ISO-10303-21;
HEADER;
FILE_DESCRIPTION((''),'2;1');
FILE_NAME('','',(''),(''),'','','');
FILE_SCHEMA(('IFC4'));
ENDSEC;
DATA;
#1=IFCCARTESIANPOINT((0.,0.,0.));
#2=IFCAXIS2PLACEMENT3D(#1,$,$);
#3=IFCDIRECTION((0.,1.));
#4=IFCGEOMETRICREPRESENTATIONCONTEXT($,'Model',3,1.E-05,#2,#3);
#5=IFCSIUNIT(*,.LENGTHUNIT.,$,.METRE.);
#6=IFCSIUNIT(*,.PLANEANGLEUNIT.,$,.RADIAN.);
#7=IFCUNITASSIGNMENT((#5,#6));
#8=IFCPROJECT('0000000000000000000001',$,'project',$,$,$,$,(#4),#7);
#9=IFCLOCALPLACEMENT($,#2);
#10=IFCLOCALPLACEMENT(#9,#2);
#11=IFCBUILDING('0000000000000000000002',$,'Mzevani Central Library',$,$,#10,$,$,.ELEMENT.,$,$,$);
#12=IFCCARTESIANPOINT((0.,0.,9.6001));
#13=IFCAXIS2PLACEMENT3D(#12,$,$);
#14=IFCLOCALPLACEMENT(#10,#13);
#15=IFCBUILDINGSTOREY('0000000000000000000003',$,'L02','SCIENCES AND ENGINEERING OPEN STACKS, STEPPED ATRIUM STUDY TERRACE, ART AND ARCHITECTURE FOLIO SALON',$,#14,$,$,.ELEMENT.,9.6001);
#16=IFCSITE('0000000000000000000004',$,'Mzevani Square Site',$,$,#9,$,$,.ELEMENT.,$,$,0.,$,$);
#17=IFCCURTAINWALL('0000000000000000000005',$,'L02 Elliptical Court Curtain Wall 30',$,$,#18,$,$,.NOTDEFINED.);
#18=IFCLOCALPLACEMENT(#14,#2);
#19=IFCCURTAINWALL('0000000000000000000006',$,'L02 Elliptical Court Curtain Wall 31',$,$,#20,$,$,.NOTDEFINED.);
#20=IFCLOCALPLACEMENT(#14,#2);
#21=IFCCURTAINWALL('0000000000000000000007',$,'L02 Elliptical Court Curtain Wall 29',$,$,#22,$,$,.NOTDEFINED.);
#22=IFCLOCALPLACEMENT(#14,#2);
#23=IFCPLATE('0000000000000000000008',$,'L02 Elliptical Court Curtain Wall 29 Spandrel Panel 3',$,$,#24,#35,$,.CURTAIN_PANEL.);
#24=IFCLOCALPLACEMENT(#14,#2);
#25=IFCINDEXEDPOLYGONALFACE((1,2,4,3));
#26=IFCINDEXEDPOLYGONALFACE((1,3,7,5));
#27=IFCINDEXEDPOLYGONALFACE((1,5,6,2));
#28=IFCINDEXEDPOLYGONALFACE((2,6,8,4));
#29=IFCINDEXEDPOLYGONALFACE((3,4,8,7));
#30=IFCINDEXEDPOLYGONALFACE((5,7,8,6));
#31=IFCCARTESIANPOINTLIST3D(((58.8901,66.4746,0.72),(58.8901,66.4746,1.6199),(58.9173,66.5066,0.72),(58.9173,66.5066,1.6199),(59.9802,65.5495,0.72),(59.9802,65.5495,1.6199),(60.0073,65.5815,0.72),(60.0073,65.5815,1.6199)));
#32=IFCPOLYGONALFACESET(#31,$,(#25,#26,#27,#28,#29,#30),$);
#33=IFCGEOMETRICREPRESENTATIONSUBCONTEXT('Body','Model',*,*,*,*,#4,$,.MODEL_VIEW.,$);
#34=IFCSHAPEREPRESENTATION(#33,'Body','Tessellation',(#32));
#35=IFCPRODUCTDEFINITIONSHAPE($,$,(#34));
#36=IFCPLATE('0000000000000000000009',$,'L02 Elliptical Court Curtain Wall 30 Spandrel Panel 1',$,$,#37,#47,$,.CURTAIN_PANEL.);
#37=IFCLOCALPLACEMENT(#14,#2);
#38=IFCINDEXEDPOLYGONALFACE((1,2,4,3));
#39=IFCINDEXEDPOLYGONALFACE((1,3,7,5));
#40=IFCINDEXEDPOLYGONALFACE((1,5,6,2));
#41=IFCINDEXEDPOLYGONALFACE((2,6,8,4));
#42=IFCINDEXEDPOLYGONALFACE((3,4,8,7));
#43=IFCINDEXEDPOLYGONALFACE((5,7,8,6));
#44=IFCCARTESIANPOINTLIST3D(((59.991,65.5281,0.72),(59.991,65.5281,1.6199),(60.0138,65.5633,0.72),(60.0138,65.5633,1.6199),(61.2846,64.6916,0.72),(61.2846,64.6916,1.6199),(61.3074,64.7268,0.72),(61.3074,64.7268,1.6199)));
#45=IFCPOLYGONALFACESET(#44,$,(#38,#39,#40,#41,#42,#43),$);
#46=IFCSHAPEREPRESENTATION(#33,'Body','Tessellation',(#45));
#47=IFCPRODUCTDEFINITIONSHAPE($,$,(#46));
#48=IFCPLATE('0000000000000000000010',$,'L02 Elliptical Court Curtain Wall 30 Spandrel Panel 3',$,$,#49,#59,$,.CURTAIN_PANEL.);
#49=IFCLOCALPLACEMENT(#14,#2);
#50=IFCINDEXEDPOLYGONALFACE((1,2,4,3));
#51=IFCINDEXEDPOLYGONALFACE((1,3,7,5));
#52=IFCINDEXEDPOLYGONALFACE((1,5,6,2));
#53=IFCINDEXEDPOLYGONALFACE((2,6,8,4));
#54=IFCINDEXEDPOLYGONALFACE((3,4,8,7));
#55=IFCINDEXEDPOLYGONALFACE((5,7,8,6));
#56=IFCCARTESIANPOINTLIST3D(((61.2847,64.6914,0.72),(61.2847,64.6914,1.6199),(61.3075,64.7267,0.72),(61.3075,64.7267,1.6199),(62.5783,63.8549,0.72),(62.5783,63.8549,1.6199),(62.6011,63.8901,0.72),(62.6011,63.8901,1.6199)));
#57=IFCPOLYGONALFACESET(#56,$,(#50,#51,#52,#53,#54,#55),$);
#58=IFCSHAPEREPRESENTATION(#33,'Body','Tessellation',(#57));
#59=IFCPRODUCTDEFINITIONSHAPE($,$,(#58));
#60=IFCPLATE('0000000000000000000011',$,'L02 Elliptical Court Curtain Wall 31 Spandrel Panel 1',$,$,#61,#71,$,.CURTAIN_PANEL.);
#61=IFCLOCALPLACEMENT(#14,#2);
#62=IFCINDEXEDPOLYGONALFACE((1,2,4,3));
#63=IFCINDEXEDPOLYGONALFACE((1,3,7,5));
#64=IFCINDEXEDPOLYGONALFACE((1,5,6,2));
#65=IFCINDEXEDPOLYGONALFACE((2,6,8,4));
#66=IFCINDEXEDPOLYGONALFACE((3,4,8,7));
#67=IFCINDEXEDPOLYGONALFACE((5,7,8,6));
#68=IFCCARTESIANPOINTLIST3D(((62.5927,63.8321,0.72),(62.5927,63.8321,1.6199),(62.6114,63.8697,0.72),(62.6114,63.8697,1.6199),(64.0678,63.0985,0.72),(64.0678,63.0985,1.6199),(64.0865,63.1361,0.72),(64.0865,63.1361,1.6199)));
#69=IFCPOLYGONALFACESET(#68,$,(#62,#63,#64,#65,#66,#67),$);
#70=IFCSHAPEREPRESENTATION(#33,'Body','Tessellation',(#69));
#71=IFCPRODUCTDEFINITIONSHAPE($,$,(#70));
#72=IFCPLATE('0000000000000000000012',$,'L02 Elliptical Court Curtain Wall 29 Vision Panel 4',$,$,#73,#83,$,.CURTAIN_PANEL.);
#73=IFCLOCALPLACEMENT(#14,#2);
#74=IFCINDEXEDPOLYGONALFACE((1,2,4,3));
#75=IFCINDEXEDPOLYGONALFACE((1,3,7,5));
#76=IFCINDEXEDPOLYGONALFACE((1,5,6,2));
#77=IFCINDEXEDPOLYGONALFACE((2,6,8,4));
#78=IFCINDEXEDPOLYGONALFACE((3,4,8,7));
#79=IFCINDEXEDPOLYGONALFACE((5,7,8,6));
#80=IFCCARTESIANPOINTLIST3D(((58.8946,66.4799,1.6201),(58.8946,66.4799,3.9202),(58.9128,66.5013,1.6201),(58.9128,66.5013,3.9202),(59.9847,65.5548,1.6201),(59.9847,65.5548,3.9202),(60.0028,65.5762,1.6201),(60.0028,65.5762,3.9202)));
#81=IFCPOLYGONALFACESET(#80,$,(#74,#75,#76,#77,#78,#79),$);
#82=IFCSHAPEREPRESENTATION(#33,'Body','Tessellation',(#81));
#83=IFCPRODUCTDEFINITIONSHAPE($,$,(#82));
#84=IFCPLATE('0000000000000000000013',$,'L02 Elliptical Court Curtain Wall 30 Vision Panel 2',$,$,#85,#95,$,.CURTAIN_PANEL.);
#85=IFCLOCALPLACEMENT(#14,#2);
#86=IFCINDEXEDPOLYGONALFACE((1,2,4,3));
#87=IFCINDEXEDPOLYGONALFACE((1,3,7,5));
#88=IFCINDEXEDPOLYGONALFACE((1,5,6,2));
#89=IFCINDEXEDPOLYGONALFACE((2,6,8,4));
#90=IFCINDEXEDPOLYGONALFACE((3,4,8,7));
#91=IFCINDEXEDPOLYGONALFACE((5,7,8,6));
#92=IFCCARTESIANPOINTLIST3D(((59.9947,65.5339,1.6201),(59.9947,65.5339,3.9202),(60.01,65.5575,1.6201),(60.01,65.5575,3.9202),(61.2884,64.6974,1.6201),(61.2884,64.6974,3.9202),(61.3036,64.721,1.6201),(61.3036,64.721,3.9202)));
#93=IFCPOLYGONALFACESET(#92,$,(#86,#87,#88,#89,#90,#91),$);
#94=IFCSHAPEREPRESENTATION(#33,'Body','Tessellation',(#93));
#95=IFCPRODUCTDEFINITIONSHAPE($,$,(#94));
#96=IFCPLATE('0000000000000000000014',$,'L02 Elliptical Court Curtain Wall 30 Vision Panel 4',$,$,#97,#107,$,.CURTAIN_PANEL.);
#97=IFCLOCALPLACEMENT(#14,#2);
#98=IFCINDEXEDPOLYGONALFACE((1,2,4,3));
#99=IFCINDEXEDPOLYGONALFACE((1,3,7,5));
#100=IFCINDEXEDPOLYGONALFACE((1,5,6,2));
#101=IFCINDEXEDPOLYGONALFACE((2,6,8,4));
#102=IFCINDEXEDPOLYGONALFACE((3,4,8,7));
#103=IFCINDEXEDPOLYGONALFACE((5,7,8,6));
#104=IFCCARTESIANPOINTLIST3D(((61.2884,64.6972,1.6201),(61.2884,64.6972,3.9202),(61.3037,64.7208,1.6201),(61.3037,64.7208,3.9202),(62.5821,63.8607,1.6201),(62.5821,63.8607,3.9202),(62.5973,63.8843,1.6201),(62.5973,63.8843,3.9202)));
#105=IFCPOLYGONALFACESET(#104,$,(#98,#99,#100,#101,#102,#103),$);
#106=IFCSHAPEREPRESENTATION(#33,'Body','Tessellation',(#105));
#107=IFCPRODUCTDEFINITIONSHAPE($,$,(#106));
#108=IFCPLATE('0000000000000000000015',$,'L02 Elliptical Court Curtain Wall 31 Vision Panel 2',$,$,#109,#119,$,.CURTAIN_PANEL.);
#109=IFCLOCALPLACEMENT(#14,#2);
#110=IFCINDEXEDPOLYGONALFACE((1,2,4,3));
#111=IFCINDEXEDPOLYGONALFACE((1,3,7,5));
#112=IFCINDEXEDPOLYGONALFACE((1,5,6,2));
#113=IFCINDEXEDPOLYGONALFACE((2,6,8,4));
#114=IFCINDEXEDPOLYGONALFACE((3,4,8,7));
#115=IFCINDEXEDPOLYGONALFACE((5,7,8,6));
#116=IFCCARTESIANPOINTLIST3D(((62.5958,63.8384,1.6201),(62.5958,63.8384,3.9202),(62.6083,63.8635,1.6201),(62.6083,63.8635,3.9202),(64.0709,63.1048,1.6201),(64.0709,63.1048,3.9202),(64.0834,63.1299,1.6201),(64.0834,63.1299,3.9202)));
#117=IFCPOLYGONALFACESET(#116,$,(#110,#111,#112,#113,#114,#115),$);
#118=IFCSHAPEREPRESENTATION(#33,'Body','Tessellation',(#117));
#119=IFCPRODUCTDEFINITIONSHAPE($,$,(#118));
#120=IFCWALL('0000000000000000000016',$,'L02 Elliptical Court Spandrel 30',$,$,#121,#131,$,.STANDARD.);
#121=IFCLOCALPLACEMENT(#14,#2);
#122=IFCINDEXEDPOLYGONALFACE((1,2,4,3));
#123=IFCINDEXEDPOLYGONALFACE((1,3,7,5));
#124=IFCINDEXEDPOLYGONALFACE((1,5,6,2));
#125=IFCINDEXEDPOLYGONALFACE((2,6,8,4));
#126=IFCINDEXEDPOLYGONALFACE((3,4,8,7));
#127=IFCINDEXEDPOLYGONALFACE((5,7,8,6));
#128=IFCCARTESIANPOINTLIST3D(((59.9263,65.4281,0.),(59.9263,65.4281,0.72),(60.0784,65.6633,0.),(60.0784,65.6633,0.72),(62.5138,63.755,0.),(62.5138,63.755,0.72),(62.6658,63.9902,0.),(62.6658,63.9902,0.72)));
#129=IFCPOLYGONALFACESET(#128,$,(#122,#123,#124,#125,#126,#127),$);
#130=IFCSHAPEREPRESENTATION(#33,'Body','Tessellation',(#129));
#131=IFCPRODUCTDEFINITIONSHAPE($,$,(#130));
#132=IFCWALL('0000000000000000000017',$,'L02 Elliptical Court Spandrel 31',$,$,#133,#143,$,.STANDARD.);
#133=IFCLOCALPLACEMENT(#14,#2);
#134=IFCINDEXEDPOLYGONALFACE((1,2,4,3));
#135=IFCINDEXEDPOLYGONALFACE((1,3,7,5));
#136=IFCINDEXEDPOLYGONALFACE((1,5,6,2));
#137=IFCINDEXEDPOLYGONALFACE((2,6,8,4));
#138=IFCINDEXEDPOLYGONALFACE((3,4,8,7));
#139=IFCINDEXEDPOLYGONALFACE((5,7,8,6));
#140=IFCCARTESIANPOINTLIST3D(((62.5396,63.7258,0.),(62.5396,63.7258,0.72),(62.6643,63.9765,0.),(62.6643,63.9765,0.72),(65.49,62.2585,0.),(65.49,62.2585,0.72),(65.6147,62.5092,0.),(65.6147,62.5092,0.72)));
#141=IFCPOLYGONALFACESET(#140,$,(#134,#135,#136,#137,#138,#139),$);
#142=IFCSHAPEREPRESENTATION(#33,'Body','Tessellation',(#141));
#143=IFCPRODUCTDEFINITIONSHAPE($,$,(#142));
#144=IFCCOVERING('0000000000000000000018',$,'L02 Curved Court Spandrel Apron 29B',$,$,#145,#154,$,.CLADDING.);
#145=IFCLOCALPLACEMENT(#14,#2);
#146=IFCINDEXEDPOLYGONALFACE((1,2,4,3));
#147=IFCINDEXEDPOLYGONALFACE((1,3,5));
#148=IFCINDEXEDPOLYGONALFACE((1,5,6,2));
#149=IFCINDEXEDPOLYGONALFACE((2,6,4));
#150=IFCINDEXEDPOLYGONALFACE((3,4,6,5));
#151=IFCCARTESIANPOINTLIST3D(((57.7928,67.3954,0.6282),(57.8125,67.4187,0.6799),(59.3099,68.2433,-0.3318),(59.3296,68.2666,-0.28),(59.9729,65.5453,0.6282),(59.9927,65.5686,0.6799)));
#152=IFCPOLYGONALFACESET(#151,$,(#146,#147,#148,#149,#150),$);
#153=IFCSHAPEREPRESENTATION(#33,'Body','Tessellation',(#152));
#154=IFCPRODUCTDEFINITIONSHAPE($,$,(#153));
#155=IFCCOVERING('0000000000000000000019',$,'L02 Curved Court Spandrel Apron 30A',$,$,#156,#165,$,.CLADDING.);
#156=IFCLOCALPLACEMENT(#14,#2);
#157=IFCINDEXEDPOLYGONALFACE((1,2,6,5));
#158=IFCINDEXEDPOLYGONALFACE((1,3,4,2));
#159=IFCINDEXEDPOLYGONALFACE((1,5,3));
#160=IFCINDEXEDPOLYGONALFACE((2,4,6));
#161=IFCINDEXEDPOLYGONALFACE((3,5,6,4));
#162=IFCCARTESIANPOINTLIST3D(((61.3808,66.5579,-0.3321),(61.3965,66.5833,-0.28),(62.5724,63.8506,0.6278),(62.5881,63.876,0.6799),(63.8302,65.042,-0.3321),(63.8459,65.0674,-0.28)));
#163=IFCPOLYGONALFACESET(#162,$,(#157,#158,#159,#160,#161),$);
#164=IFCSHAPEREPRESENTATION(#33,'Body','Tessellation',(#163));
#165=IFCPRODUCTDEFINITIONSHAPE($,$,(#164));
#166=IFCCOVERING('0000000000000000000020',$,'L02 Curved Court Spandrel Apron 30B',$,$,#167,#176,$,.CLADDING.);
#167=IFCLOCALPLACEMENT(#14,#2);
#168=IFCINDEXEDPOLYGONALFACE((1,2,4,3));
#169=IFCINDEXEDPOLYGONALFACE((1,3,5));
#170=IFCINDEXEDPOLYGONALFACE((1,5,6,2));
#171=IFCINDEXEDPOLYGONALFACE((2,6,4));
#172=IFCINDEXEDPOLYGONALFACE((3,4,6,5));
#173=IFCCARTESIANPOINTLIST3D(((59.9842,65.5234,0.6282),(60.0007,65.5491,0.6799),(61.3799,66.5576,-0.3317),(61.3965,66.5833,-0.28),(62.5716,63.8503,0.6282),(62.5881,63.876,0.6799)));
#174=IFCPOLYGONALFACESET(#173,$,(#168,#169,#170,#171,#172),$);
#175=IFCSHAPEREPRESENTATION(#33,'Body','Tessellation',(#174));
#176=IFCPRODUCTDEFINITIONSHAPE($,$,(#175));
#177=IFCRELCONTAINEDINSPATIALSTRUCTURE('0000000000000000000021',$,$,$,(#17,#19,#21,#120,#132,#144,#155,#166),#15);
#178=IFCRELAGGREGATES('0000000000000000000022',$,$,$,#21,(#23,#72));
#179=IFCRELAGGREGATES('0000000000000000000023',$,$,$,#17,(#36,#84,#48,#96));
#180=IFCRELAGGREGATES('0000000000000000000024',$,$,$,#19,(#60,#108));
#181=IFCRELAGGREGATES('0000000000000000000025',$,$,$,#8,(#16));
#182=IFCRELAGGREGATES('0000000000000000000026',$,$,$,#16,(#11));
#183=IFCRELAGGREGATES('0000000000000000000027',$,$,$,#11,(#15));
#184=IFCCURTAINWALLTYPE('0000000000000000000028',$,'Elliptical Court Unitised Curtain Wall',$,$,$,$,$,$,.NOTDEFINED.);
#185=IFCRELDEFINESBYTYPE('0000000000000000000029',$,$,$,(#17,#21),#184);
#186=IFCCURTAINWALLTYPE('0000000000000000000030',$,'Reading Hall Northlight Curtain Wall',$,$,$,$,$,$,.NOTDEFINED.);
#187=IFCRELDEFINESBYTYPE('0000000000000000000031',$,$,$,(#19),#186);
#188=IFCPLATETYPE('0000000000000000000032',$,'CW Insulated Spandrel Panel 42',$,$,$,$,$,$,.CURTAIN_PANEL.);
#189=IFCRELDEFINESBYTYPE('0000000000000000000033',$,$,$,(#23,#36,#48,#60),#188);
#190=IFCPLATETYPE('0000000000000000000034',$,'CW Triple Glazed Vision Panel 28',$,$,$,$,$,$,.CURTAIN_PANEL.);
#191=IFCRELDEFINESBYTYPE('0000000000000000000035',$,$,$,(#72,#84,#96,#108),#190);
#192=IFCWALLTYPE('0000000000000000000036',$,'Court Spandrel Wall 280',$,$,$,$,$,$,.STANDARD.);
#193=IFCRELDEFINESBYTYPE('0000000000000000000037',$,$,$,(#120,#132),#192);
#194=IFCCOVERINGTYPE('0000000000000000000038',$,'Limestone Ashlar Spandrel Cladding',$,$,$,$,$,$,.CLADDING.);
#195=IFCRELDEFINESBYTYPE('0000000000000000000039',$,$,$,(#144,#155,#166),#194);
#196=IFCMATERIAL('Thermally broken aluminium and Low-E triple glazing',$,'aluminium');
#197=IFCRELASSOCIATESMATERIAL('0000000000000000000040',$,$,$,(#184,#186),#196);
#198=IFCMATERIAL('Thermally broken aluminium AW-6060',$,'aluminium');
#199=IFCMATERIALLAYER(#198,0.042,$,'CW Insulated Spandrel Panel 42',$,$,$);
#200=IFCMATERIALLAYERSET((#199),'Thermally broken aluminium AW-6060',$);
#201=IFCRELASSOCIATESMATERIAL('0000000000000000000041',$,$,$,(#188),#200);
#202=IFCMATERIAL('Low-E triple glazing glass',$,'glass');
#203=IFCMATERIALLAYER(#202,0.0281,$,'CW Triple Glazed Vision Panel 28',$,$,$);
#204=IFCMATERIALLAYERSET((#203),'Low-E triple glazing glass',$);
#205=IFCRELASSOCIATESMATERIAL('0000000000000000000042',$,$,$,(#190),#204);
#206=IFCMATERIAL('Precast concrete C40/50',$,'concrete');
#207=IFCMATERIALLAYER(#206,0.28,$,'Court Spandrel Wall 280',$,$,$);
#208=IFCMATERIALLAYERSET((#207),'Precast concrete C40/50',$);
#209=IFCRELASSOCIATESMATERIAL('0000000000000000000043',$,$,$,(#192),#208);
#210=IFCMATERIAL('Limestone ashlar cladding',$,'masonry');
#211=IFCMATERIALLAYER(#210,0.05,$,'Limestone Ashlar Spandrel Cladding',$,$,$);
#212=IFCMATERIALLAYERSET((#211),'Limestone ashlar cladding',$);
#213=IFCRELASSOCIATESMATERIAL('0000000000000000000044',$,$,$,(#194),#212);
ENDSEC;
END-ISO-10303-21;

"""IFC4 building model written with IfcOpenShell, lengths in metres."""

from ifc_helpers import new_model, si_unit, direction, frame, frame_2d, origin, origin_2d, place, context, subcontext, project, spatial, polyline, rectangle, outline, extrude, material, layer, layer_set, type_object, element, aggregate, save


model = new_model("IFC4")

# Units and contexts
model_context = context("Model", 3, precision=1e-05, world=origin(), true_north=direction((0.0, 1.0)))
body_context = subcontext(model_context, "Body", "Model", "MODEL_VIEW")
ifc_project = project(units=[si_unit("LENGTHUNIT", "METRE"), si_unit("PLANEANGLEUNIT", "RADIAN")], contexts=[model_context])

# Site, building, storey
site_placement = place(None, origin())
site = spatial("IfcSite", under=ifc_project, at=site_placement, Name="Mzevani Square Site", CompositionType="ELEMENT", RefElevation=0.0)
building_placement = place(site_placement, origin())
building = spatial("IfcBuilding", under=site, at=building_placement, Name="Mzevani Central Library", CompositionType="ELEMENT")
storey_placement = place(building_placement, frame((0.0, 0.0, 9.6001)))
storey = spatial("IfcBuildingStorey", under=building, at=storey_placement, Name="L02", Description="SCIENCES AND ENGINEERING OPEN STACKS, STEPPED ATRIUM STUDY TERRACE, ART AND ARCHITECTURE FOLIO SALON", CompositionType="ELEMENT", Elevation=9.6001)

# Curtain wall
ifc_material_1 = material(Name="Thermally broken aluminium and Low-E triple glazing", Category="aluminium")
curtain_wall_type_1 = type_object("IfcCurtainWallType", Name="Elliptical Court Unitised Curtain Wall", PredefinedType="NOTDEFINED", material=ifc_material_1)
curtain_wall_1_placement = place(storey_placement, origin())
curtain_wall_1 = element("IfcCurtainWall", 1, at=curtain_wall_1_placement, inside=storey, type_object=curtain_wall_type_1, Name="L02 Elliptical Court Curtain Wall 30", PredefinedType="NOTDEFINED")
ifc_material_2 = material(Name="Thermally broken aluminium AW-6060", Category="aluminium")

# Curtain walls
curtain_wall_type_2 = type_object("IfcCurtainWallType", Name="Reading Hall Northlight Curtain Wall", PredefinedType="NOTDEFINED", material=ifc_material_1)
curtain_wall_2_placement = place(storey_placement, origin())
curtain_wall_2 = element("IfcCurtainWall", 2, at=curtain_wall_2_placement, inside=storey, type_object=curtain_wall_type_2, Name="L02 Elliptical Court Curtain Wall 31", PredefinedType="NOTDEFINED")
curtain_wall_3_placement = place(storey_placement, origin())
curtain_wall_3 = element("IfcCurtainWall", 3, at=curtain_wall_3_placement, inside=storey, type_object=curtain_wall_type_1, Name="L02 Elliptical Court Curtain Wall 29", PredefinedType="NOTDEFINED")

# Plates
ifc_layer_1 = layer(ifc_material_2, 0.042, Name="CW Insulated Spandrel Panel 42")
ifc_layer_set_1 = layer_set([ifc_layer_1], Name="Thermally broken aluminium AW-6060")
plate_type_1 = type_object("IfcPlateType", Name="CW Insulated Spandrel Panel 42", PredefinedType="CURTAIN_PANEL", material=ifc_layer_set_1)
plate_1_placement = place(storey_placement, frame((59.4487, 66.0281, 0.72), z_axis=(0.0, 0.0, 1.0), x_axis=(0.762435, -0.647065, 0.0)))
plate_1 = element("IfcPlate", 4, at=plate_1_placement, type_object=plate_type_1, Name="L02 Elliptical Court Curtain Wall 29 Spandrel Panel 3", PredefinedType="CURTAIN_PANEL", context=body_context, shape_type="SweptSolid", body=[
    extrude(rectangle(XDim=1.4297, YDim=0.042, at=origin_2d()), origin(), (0.0, 0.0, 1.0), 0.8999),
])
plate_2_placement = place(storey_placement, frame((60.6492, 65.1274, 0.72), z_axis=(0.0, 0.0, 1.0), x_axis=(0.839733, -0.543, 0.0)))
plate_2 = element("IfcPlate", 5, at=plate_2_placement, type_object=plate_type_1, Name="L02 Elliptical Court Curtain Wall 30 Spandrel Panel 1", PredefinedType="CURTAIN_PANEL", context=body_context, shape_type="SweptSolid", body=[
    extrude(rectangle(XDim=1.5405, YDim=0.042, at=origin_2d()), origin(), (0.0, 0.0, 1.0), 0.8999),
])
plate_3_placement = place(storey_placement, frame((61.9429, 64.2908, 0.72), z_axis=(0.0, 0.0, 1.0), x_axis=(0.839733, -0.543, 0.0)))
plate_3 = element("IfcPlate", 6, at=plate_3_placement, type_object=plate_type_1, Name="L02 Elliptical Court Curtain Wall 30 Spandrel Panel 3", PredefinedType="CURTAIN_PANEL", context=body_context, shape_type="SweptSolid", body=[
    extrude(rectangle(XDim=1.5405, YDim=0.042, at=origin_2d()), origin(), (0.0, 0.0, 1.0), 0.8999),
])
plate_4_placement = place(storey_placement, frame((63.3396, 63.4841, 0.72), z_axis=(0.0, 0.0, 1.0), x_axis=(0.89539, -0.445282, 0.0)))
plate_4 = element("IfcPlate", 7, at=plate_4_placement, type_object=plate_type_1, Name="L02 Elliptical Court Curtain Wall 31 Spandrel Panel 1", PredefinedType="CURTAIN_PANEL", context=body_context, shape_type="SweptSolid", body=[
    extrude(rectangle(XDim=1.6475, YDim=0.042, at=origin_2d()), origin(), (0.0, 0.0, 1.0), 0.8999),
])
ifc_material_3 = material(Name="Low-E triple glazing glass", Category="glass")
ifc_layer_2 = layer(ifc_material_3, 0.0281, Name="CW Triple Glazed Vision Panel 28")
ifc_layer_set_2 = layer_set([ifc_layer_2], Name="Low-E triple glazing glass")
plate_type_2 = type_object("IfcPlateType", Name="CW Triple Glazed Vision Panel 28", PredefinedType="CURTAIN_PANEL", material=ifc_layer_set_2)
plate_5_placement = place(storey_placement, frame((59.4487, 66.0281, 1.6201), z_axis=(0.0, 0.0, 1.0), x_axis=(0.762435, -0.647065, 0.0)))
plate_5 = element("IfcPlate", 8, at=plate_5_placement, type_object=plate_type_2, Name="L02 Elliptical Court Curtain Wall 29 Vision Panel 4", PredefinedType="CURTAIN_PANEL", context=body_context, shape_type="SweptSolid", body=[
    extrude(rectangle(XDim=1.4297, YDim=0.0281, at=origin_2d()), origin(), (0.0, 0.0, 1.0), 2.3),
])
aggregate(curtain_wall_3, [plate_1, plate_5])
plate_6_placement = place(storey_placement, frame((60.6492, 65.1274, 1.6201), z_axis=(0.0, 0.0, 1.0), x_axis=(0.839733, -0.543, 0.0)))
plate_6 = element("IfcPlate", 9, at=plate_6_placement, type_object=plate_type_2, Name="L02 Elliptical Court Curtain Wall 30 Vision Panel 2", PredefinedType="CURTAIN_PANEL", context=body_context, shape_type="SweptSolid", body=[
    extrude(rectangle(XDim=1.5405, YDim=0.0281, at=origin_2d()), origin(), (0.0, 0.0, 1.0), 2.3),
])
plate_7_placement = place(storey_placement, frame((61.9429, 64.2908, 1.6201), z_axis=(0.0, 0.0, 1.0), x_axis=(0.839733, -0.543, 0.0)))
plate_7 = element("IfcPlate", 10, at=plate_7_placement, type_object=plate_type_2, Name="L02 Elliptical Court Curtain Wall 30 Vision Panel 4", PredefinedType="CURTAIN_PANEL", context=body_context, shape_type="SweptSolid", body=[
    extrude(rectangle(XDim=1.5405, YDim=0.0281, at=origin_2d()), origin(), (0.0, 0.0, 1.0), 2.3),
])
aggregate(curtain_wall_1, [plate_2, plate_6, plate_3, plate_7])
plate_8_placement = place(storey_placement, frame((63.3396, 63.4841, 1.6201), z_axis=(0.0, 0.0, 1.0), x_axis=(0.89539, -0.445282, 0.0)))
plate_8 = element("IfcPlate", 11, at=plate_8_placement, type_object=plate_type_2, Name="L02 Elliptical Court Curtain Wall 31 Vision Panel 2", PredefinedType="CURTAIN_PANEL", context=body_context, shape_type="SweptSolid", body=[
    extrude(rectangle(XDim=1.6475, YDim=0.0281, at=origin_2d()), origin(), (0.0, 0.0, 1.0), 2.3),
])
aggregate(curtain_wall_2, [plate_4, plate_8])

# Walls
ifc_material_4 = material(Name="Precast concrete C40/50", Category="concrete")
ifc_layer_3 = layer(ifc_material_4, 0.28, Name="Court Spandrel Wall 280")
ifc_layer_set_3 = layer_set([ifc_layer_3], Name="Precast concrete C40/50")
wall_type = type_object("IfcWallType", Name="Court Spandrel Wall 280", PredefinedType="STANDARD", material=ifc_layer_set_3)
wall_1_placement = place(storey_placement, frame((60.0024, 65.5457, 0.0), z_axis=(0.0, 0.0, 1.0), x_axis=(0.839734, -0.542998, 0.0)))
element("IfcWall", 12, at=wall_1_placement, inside=storey, type_object=wall_type, Name="L02 Elliptical Court Spandrel 30", PredefinedType="STANDARD", context=body_context, shape_type="SweptSolid", body=[
    extrude(rectangle(XDim=3.0813, YDim=0.28, at=frame_2d((1.5405, 0.0))), origin(), (0.0, 0.0, 1.0), 0.72),
])
wall_2_placement = place(storey_placement, frame((62.6021, 63.8511, 0.0), z_axis=(0.0, 0.0, 1.0), x_axis=(0.895388, -0.445286, 0.0)))
element("IfcWall", 13, at=wall_2_placement, inside=storey, type_object=wall_type, Name="L02 Elliptical Court Spandrel 31", PredefinedType="STANDARD", context=body_context, shape_type="SweptSolid", body=[
    extrude(rectangle(XDim=3.2952, YDim=0.28, at=frame_2d((1.6475, 0.0))), origin(), (0.0, 0.0, 1.0), 0.72),
])

# Coverings
ifc_material_5 = material(Name="Limestone ashlar cladding", Category="masonry")
ifc_layer_4 = layer(ifc_material_5, 0.05, Name="Limestone Ashlar Spandrel Cladding")
ifc_layer_set_4 = layer_set([ifc_layer_4], Name="Limestone ashlar cladding")
covering_type = type_object("IfcCoveringType", Name="Limestone Ashlar Spandrel Cladding", PredefinedType="CLADDING", material=ifc_layer_set_4)
covering_1_placement = place(storey_placement, frame((59.3296, 68.2666, -0.28), z_axis=(0.328631, 0.387262, 0.861412), x_axis=(0.225581, -0.917856, 0.326578)))
element("IfcCovering", 14, at=covering_1_placement, inside=storey, type_object=covering_type, Name="L02 Curved Court Spandrel Apron 29B", PredefinedType="CLADDING", context=body_context, shape_type="SweptSolid", body=[
    extrude(outline(polyline([(0.0, 0.0), (2.9395, 0.0), (0.7495, -1.8385), (0.0, 0.0)])), origin(), (0.0, 0.0, -1.0), 0.0601),
])
covering_2_placement = place(storey_placement, frame((61.3965, 66.5833, -0.28), z_axis=(0.261665, 0.42282, 0.867614), x_axis=(0.850337, -0.526238, 0.0)))
element("IfcCovering", 15, at=covering_2_placement, inside=storey, type_object=covering_type, Name="L02 Curved Court Spandrel Apron 30A", PredefinedType="CLADDING", context=body_context, shape_type="SweptSolid", body=[
    extrude(outline(polyline([(0.0, 0.0), (2.8806, 0.0), (2.438, -1.9306), (0.0, 0.0)])), origin(), (0.0, 0.0, -1.0), 0.0601),
])
covering_3_placement = place(storey_placement, frame((61.3965, 66.5833, -0.28), z_axis=(0.276015, 0.426851, 0.86117), x_axis=(0.383191, -0.870561, 0.308688)))
element("IfcCovering", 16, at=covering_3_placement, inside=storey, type_object=covering_type, Name="L02 Curved Court Spandrel Apron 30B", PredefinedType="CLADDING", context=body_context, shape_type="SweptSolid", body=[
    extrude(outline(polyline([(0.0, 0.0), (3.1098, 0.0), (0.6618, -1.8711), (0.0, 0.0)])), origin(), (0.0, 0.0, -1.0), 0.0601),
])

save(model, "model.ifc")
